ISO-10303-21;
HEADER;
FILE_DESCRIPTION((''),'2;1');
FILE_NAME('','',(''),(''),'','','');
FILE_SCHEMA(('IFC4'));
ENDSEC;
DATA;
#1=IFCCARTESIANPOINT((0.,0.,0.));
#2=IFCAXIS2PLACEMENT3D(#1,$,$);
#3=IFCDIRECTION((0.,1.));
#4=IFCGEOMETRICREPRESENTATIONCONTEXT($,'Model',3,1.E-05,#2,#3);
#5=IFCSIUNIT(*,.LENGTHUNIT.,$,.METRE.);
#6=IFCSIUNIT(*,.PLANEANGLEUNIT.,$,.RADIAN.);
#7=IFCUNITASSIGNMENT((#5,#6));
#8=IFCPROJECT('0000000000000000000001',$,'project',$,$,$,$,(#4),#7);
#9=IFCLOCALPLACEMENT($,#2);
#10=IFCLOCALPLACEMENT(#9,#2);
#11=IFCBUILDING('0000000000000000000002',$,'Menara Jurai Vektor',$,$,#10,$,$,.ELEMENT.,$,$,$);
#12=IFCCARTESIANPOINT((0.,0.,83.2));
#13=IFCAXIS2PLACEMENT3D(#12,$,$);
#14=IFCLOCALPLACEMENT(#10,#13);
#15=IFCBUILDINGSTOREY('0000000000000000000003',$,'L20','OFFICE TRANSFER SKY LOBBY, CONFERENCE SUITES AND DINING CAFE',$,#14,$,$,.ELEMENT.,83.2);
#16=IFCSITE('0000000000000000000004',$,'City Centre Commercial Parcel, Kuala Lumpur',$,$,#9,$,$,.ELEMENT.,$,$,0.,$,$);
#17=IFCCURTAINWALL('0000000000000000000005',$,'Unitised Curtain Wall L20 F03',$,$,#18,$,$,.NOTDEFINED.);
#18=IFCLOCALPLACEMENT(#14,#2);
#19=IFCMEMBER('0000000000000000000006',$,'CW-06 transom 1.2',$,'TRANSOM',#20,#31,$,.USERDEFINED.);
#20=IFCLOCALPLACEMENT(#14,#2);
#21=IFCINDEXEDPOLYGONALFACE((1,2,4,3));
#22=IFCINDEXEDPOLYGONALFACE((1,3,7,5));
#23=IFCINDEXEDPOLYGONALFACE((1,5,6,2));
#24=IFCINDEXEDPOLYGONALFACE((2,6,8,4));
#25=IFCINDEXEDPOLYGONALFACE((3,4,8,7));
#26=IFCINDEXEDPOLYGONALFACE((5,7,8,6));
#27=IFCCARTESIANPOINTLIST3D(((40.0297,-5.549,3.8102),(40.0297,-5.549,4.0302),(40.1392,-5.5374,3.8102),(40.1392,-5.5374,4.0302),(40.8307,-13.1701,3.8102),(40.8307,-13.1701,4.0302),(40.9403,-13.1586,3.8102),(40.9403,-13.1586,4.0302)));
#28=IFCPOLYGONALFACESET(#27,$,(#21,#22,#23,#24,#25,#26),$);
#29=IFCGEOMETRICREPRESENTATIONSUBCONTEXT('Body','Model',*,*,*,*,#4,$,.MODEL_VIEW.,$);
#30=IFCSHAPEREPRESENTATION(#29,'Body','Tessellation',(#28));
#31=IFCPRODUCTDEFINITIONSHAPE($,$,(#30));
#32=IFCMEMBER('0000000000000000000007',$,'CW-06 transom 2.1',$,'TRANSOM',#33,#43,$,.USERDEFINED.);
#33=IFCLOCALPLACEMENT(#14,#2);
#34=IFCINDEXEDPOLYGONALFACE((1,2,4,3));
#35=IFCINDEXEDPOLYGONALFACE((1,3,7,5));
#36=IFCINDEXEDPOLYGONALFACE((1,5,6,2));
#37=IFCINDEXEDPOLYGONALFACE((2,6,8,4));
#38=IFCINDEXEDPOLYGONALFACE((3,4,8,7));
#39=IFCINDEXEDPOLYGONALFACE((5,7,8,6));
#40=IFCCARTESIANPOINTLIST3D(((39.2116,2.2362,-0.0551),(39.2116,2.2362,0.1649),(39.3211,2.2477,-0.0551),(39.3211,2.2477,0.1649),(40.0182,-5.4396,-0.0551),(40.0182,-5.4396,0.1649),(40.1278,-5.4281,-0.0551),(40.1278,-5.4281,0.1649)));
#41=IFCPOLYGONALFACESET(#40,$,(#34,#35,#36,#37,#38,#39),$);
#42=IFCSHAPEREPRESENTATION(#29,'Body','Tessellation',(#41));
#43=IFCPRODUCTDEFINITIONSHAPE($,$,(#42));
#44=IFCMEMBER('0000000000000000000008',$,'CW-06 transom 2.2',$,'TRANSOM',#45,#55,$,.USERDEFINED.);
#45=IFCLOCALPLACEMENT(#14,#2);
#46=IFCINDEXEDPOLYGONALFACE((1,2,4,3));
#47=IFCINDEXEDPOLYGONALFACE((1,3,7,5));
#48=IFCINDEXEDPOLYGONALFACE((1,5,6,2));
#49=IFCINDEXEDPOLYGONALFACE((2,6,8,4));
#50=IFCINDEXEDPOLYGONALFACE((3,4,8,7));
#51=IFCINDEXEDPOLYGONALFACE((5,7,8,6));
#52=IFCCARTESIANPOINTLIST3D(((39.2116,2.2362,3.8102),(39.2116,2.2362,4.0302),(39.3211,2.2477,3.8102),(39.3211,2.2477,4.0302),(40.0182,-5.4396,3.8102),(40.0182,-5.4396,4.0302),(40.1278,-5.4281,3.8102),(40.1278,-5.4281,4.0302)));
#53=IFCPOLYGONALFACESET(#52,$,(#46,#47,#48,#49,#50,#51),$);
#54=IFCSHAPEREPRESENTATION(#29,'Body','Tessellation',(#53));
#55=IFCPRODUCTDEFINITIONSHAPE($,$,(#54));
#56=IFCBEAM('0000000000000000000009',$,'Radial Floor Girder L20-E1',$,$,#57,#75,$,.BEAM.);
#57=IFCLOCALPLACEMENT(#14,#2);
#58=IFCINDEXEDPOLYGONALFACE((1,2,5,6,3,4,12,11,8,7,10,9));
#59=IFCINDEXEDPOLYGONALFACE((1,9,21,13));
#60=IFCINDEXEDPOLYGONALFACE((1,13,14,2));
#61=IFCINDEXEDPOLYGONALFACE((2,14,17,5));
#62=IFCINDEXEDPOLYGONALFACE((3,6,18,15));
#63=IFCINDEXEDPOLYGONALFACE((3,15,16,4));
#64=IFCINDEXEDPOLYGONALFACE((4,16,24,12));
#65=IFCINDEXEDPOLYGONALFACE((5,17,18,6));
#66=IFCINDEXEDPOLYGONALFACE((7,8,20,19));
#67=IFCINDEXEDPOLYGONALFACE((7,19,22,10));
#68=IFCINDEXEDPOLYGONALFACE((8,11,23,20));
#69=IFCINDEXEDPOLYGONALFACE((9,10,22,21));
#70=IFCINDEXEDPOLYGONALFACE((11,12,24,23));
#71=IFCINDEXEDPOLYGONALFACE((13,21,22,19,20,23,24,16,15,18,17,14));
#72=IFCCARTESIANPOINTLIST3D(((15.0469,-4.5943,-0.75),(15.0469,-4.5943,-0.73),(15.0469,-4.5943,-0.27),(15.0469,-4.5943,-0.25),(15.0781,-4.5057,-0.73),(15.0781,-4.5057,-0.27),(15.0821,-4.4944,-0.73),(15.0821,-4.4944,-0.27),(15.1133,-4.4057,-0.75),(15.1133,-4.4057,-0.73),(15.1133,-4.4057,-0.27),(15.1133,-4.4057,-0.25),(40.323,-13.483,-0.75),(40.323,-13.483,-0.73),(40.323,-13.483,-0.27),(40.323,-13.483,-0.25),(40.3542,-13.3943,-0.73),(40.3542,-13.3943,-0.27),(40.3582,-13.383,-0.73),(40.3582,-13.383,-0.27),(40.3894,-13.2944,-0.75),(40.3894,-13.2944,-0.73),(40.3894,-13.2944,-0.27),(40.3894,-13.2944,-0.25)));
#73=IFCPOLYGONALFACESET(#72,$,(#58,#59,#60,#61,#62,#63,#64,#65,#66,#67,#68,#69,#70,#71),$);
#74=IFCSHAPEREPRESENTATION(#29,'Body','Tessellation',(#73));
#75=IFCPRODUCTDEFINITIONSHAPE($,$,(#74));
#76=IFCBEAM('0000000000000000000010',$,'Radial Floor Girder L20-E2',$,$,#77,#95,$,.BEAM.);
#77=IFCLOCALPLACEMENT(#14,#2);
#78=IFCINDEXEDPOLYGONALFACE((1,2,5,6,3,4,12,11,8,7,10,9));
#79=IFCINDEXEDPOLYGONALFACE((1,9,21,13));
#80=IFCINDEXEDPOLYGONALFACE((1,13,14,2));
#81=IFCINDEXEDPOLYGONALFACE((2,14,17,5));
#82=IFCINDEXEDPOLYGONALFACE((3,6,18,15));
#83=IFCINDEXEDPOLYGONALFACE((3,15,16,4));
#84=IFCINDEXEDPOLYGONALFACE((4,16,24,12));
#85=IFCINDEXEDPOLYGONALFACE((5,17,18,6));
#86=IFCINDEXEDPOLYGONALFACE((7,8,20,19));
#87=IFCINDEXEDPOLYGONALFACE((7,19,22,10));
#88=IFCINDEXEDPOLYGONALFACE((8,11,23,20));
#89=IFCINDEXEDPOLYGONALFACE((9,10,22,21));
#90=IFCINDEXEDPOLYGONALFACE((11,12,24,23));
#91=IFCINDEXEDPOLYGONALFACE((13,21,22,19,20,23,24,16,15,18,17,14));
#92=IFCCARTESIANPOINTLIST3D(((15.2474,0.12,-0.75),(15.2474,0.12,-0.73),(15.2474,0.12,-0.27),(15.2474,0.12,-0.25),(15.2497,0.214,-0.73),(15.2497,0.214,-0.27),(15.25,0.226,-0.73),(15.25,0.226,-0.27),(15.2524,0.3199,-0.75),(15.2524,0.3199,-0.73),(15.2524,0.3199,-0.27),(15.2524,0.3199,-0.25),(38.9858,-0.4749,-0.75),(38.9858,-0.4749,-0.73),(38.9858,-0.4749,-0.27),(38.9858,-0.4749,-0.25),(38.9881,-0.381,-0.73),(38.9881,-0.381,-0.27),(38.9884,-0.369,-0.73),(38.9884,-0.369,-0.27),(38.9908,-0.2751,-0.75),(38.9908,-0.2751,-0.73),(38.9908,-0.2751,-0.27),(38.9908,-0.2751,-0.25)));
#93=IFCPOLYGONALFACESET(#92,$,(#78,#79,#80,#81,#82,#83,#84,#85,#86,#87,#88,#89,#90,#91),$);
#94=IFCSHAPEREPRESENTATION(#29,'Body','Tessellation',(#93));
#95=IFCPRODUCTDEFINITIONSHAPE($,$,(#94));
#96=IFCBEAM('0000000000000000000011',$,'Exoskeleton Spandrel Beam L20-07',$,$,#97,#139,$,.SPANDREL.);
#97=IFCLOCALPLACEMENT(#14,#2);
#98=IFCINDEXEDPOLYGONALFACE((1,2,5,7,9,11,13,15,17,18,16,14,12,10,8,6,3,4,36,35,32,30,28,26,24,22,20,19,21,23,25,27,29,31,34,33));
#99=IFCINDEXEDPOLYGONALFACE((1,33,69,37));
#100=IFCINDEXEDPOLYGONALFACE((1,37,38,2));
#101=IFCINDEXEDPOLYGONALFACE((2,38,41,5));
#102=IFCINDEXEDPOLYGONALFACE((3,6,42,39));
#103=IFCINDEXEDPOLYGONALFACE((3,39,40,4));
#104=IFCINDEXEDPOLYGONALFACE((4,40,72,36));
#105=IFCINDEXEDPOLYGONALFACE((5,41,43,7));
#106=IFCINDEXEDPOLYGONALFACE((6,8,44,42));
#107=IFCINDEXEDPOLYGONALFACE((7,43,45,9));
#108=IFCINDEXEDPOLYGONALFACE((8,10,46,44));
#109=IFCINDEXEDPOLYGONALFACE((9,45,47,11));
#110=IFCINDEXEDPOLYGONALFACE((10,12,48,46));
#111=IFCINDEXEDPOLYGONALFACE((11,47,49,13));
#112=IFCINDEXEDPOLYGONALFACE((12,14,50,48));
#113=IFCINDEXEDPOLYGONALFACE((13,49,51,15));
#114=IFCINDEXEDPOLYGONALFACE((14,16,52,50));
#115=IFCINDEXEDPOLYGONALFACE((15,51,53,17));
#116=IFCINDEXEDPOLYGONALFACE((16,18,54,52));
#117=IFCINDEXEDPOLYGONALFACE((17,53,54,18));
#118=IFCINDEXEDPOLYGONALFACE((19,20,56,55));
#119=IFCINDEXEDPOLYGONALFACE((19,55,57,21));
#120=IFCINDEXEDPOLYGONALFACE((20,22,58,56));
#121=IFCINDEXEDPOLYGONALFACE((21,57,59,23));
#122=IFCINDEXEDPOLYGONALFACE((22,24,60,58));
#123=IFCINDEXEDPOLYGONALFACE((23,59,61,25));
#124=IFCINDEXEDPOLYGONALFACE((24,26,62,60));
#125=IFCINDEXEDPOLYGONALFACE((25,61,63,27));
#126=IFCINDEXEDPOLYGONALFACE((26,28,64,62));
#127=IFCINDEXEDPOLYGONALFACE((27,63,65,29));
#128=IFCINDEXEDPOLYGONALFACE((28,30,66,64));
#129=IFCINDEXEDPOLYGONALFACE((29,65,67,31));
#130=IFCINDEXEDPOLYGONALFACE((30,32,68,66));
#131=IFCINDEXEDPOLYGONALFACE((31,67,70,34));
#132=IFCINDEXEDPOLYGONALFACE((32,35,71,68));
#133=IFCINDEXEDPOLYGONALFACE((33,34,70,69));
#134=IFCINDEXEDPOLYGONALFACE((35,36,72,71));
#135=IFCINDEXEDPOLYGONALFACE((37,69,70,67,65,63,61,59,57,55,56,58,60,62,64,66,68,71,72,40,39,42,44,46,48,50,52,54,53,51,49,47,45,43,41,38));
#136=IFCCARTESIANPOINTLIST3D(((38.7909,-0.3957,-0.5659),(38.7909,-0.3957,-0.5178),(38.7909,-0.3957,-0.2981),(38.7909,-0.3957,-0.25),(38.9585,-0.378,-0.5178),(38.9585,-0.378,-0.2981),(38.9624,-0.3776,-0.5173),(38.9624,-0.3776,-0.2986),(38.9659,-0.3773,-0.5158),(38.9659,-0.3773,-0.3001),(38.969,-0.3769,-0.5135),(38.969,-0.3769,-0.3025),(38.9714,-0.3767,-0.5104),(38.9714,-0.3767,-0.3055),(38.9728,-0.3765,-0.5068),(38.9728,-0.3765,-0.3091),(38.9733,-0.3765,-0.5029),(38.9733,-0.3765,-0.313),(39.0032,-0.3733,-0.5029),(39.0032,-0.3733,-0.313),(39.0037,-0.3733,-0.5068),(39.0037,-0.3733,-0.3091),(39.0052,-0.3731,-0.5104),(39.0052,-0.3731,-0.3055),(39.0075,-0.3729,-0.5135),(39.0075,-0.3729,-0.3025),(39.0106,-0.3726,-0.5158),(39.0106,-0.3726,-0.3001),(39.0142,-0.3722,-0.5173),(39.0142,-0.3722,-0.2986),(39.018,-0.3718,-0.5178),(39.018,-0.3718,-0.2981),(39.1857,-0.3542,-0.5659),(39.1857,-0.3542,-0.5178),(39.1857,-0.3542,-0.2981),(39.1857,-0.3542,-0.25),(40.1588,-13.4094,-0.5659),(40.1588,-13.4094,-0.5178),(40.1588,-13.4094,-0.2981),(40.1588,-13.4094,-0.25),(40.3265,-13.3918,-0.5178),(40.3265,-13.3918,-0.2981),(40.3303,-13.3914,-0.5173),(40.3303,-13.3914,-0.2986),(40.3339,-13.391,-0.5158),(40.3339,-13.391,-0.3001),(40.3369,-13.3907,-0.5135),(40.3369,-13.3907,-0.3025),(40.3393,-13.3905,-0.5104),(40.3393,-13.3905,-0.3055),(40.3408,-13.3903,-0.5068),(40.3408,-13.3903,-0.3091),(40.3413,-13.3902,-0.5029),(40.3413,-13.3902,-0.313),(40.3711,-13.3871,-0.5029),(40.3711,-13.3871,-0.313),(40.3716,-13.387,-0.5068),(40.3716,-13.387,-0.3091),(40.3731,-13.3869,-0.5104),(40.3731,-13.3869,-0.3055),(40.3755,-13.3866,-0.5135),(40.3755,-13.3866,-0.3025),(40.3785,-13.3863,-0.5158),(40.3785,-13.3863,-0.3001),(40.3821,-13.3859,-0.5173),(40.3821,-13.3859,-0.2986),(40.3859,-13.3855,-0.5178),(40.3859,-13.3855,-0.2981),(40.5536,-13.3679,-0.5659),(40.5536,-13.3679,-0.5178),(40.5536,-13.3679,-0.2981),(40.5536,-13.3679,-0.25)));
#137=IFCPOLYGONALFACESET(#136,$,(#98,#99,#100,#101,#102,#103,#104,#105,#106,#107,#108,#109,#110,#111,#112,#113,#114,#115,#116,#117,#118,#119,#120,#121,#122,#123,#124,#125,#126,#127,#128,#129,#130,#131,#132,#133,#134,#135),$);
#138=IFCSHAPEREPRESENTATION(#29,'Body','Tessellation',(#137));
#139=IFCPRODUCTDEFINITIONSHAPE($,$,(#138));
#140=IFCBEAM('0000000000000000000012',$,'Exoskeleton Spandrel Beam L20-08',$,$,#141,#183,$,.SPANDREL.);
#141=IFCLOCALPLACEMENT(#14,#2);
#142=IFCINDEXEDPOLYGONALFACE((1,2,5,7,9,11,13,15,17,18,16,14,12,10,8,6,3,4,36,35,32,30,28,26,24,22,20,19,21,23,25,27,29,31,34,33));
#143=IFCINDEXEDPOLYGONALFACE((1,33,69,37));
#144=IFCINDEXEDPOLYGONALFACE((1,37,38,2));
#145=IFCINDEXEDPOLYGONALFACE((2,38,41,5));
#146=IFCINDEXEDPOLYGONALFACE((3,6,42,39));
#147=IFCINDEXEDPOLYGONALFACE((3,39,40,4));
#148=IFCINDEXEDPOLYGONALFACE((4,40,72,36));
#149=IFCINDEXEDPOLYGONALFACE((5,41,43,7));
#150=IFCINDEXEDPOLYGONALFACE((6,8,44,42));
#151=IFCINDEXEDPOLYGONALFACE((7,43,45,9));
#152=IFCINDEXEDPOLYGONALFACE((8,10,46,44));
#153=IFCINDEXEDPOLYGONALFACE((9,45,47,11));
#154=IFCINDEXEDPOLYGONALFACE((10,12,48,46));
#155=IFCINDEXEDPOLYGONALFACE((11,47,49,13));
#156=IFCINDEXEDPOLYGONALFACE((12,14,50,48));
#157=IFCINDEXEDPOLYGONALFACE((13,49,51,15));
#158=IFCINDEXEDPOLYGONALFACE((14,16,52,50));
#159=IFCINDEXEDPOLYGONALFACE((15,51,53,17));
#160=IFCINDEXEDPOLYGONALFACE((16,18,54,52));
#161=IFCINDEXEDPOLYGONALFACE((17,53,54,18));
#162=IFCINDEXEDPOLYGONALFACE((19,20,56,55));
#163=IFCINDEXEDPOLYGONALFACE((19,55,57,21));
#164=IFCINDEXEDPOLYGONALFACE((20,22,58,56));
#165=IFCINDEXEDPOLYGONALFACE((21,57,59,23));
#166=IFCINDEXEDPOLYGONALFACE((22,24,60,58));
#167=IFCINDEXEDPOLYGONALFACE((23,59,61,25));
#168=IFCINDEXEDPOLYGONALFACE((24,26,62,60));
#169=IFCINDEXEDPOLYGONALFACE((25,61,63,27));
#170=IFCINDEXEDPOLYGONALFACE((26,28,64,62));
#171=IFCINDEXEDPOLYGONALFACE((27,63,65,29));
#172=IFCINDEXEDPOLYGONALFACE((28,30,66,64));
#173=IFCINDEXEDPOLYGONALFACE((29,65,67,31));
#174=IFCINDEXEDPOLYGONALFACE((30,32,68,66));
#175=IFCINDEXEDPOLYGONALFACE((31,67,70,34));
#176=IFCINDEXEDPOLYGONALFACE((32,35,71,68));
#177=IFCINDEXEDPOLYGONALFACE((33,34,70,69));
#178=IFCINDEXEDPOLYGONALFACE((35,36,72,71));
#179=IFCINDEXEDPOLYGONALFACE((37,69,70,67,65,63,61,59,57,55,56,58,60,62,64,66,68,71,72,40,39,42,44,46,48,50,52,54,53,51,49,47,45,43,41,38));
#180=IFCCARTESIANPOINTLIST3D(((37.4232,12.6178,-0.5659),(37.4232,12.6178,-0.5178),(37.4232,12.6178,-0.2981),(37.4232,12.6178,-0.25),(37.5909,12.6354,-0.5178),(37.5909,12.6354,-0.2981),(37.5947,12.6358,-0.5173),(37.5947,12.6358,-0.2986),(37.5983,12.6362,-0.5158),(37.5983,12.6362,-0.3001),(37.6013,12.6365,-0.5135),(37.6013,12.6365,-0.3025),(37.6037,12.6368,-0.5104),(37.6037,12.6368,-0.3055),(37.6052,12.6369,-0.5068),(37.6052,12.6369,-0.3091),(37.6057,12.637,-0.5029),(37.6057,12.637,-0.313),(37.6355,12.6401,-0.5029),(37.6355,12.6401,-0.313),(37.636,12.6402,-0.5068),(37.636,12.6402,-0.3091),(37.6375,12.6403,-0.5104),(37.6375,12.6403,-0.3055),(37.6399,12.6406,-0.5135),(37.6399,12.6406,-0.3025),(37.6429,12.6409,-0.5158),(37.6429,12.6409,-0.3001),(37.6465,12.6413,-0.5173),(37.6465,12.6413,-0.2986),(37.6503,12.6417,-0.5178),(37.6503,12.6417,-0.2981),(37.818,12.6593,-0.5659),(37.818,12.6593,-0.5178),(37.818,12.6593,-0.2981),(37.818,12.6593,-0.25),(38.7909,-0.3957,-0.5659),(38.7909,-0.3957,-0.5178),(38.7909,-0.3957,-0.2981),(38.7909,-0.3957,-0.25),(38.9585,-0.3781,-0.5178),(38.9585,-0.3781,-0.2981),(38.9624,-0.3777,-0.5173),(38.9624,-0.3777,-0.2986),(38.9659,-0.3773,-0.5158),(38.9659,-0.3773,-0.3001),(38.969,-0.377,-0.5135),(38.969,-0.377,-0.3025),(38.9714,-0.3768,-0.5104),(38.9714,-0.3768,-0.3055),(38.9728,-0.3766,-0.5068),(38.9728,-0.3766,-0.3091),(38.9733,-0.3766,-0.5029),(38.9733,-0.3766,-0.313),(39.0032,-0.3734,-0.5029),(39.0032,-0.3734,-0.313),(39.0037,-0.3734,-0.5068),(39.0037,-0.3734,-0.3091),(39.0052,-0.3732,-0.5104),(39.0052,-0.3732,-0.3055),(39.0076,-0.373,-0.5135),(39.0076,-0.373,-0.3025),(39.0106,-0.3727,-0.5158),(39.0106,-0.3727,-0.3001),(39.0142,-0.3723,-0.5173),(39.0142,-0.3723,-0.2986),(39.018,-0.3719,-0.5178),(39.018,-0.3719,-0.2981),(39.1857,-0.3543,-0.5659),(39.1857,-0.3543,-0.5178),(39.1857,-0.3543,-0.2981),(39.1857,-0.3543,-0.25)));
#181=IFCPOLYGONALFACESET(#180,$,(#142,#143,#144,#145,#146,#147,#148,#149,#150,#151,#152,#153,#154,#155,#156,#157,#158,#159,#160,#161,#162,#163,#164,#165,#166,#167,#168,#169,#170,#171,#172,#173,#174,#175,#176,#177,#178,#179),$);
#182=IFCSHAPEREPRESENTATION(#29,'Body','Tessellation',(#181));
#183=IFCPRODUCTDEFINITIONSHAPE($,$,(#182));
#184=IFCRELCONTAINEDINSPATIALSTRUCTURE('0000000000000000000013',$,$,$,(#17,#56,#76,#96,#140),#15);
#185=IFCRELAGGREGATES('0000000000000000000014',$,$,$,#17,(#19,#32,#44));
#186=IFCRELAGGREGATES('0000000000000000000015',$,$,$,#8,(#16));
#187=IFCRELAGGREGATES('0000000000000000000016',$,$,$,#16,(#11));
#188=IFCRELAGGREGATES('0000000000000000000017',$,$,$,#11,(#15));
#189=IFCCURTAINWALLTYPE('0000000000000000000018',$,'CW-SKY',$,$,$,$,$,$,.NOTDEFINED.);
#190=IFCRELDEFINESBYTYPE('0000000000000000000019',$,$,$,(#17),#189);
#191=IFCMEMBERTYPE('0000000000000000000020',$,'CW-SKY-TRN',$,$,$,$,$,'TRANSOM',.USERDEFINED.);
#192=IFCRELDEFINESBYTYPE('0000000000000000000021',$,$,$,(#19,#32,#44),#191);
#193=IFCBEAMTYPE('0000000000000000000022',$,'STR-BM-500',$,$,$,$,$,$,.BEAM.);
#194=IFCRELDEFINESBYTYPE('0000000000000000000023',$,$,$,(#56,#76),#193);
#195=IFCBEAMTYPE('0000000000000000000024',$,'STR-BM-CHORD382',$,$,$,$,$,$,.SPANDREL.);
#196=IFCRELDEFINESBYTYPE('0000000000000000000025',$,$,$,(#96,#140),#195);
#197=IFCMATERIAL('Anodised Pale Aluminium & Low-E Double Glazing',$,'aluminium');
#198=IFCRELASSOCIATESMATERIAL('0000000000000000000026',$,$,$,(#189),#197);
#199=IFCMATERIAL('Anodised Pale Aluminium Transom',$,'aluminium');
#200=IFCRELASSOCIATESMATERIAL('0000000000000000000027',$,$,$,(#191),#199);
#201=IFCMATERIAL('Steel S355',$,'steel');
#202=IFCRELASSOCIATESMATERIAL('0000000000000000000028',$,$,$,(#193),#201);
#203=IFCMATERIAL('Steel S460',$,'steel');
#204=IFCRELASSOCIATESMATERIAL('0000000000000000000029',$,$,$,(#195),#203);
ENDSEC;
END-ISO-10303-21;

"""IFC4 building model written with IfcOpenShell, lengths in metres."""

from ifc_helpers import new_model, si_unit, direction, frame, origin, origin_2d, place, context, subcontext, project, spatial, rectangle, i_section, extrude, material, material_profile, profile_set, type_object, element, aggregate, save


model = new_model("IFC4")

# Units and contexts
model_context = context("Model", 3, precision=1e-05, world=origin(), true_north=direction((0.0, 1.0)))
body_context = subcontext(model_context, "Body", "Model", "MODEL_VIEW")
ifc_project = project(units=[si_unit("LENGTHUNIT", "METRE"), si_unit("PLANEANGLEUNIT", "RADIAN")], contexts=[model_context])

# Site, building, storey
site_placement = place(None, origin())
site = spatial("IfcSite", under=ifc_project, at=site_placement, Name="City Centre Commercial Parcel, Kuala Lumpur", CompositionType="ELEMENT", RefElevation=0.0)
building_placement = place(site_placement, origin())
building = spatial("IfcBuilding", under=site, at=building_placement, Name="Menara Jurai Vektor", CompositionType="ELEMENT")
storey_placement = place(building_placement, frame((0.0, 0.0, 83.2)))
storey = spatial("IfcBuildingStorey", under=building, at=storey_placement, Name="L20", Description="OFFICE TRANSFER SKY LOBBY, CONFERENCE SUITES AND DINING CAFE", CompositionType="ELEMENT", Elevation=83.2)

# Shared definitions
ifc_material_1 = material(Name="Steel S460", Category="steel")

# Curtain wall
ifc_material_2 = material(Name="Anodised Pale Aluminium & Low-E Double Glazing", Category="aluminium")
curtain_wall_type = type_object("IfcCurtainWallType", Name="CW-SKY", PredefinedType="NOTDEFINED", material=ifc_material_2)
curtain_wall_1_placement = place(storey_placement, origin())
curtain_wall_1 = element("IfcCurtainWall", 1, at=curtain_wall_1_placement, inside=storey, type_object=curtain_wall_type, Name="Unitised Curtain Wall L20 F03", PredefinedType="NOTDEFINED")

# Members
ifc_material_3 = material(Name="Anodised Pale Aluminium Transom", Category="aluminium")
ifc_material_profile_1 = material_profile(ifc_material_3, rectangle(XDim=0.1101, YDim=0.22, at=origin_2d()), Name="ALU TRN 110x220")
ifc_profile_set_1 = profile_set([ifc_material_profile_1], Name="Anodised Pale Aluminium Transom")
member_type_1 = type_object("IfcMemberType", Name="CW-SKY-TRN", ElementType="TRANSOM", PredefinedType="USERDEFINED", material=ifc_profile_set_1)
member_1_placement = place(storey_placement, frame((40.8855, -13.1643, 3.9202), z_axis=(-0.104531, 0.994522, 0.0), x_axis=(-0.994522, -0.104531, 0.0)))
member_1 = element("IfcMember", 2, at=member_1_placement, type_object=member_type_1, Name="CW-06 transom 1.2", ObjectType="TRANSOM", PredefinedType="USERDEFINED", context=body_context, shape_type="SweptSolid", body=[
    extrude(rectangle(XDim=0.1101, YDim=0.22, at=origin_2d()), origin(), (0.0, 0.0, 1.0), 7.6631),
])
member_2_placement = place(storey_placement, frame((40.073, -5.4338, 0.0549), z_axis=(-0.104514, 0.994523, 0.0), x_axis=(-0.994523, -0.104514, 0.0)))
member_2 = element("IfcMember", 3, at=member_2_placement, type_object=member_type_1, Name="CW-06 transom 2.1", ObjectType="TRANSOM", PredefinedType="USERDEFINED", context=body_context, shape_type="SweptSolid", body=[
    extrude(rectangle(XDim=0.1101, YDim=0.22, at=origin_2d()), origin(), (0.0, 0.0, 1.0), 7.718),
])
member_3_placement = place(storey_placement, frame((40.073, -5.4338, 3.9202), z_axis=(-0.104514, 0.994523, 0.0), x_axis=(-0.994523, -0.104514, 0.0)))
member_3 = element("IfcMember", 4, at=member_3_placement, type_object=member_type_1, Name="CW-06 transom 2.2", ObjectType="TRANSOM", PredefinedType="USERDEFINED", context=body_context, shape_type="SweptSolid", body=[
    extrude(rectangle(XDim=0.1101, YDim=0.22, at=origin_2d()), origin(), (0.0, 0.0, 1.0), 7.718),
])

# Beams
ifc_material_4 = material(Name="Steel S355", Category="steel")
ifc_material_profile_2 = material_profile(ifc_material_4, i_section(OverallWidth=0.2, OverallDepth=0.5, WebThickness=0.012, FlangeThickness=0.02, at=origin_2d()), Name="PG 500x200x96")
ifc_profile_set_2 = profile_set([ifc_material_profile_2], Name="Steel S355")
beam_type_1 = type_object("IfcBeamType", Name="STR-BM-500", PredefinedType="BEAM", material=ifc_profile_set_2)
beam_1_placement = place(storey_placement, frame((40.3562, -13.3887, -0.5), z_axis=(-0.943368, 0.331747, 0.0), x_axis=(-0.331747, -0.943368, 0.0)))
element("IfcBeam", 5, at=beam_1_placement, inside=storey, type_object=beam_type_1, Name="Radial Floor Girder L20-E1", PredefinedType="BEAM", context=body_context, shape_type="SweptSolid", body=[
    extrude(i_section(OverallWidth=0.2, OverallDepth=0.5, WebThickness=0.012, FlangeThickness=0.02, at=origin_2d()), origin(), (0.0, 0.0, 1.0), 26.7935),
])
beam_2_placement = place(storey_placement, frame((38.9883, -0.375, -0.5), z_axis=(-0.999686, 0.025056, 0.0), x_axis=(-0.025056, -0.999686, 0.0)))
element("IfcBeam", 6, at=beam_2_placement, inside=storey, type_object=beam_type_1, Name="Radial Floor Girder L20-E2", PredefinedType="BEAM", context=body_context, shape_type="SweptSolid", body=[
    extrude(i_section(OverallWidth=0.2, OverallDepth=0.5, WebThickness=0.012, FlangeThickness=0.02, at=origin_2d()), origin(), (0.0, 0.0, 1.0), 23.7458),
])
ifc_material_profile_3 = material_profile(ifc_material_1, i_section(OverallWidth=0.397, OverallDepth=0.3159, WebThickness=0.03, FlangeThickness=0.0481, FilletRadius=0.0149, at=origin_2d()), Name="HD 400x382")
ifc_profile_set_3 = profile_set([ifc_material_profile_3], Name="Steel S460")
beam_type_2 = type_object("IfcBeamType", Name="STR-BM-CHORD382", PredefinedType="SPANDREL", material=ifc_profile_set_3)
beam_3_placement = place(storey_placement, frame((40.3562, -13.3887, -0.408), z_axis=(-0.104538, 0.994521, 0.0), x_axis=(-0.994521, -0.104538, 0.0)))
element("IfcBeam", 7, at=beam_3_placement, inside=storey, type_object=beam_type_2, Name="Exoskeleton Spandrel Beam L20-07", PredefinedType="SPANDREL", context=body_context, shape_type="SweptSolid", body=[
    extrude(i_section(OverallWidth=0.397, OverallDepth=0.3159, WebThickness=0.03, FlangeThickness=0.0481, FilletRadius=0.0149, at=origin_2d()), origin(), (0.0, 0.0, 1.0), 13.0854),
])
beam_4_placement = place(storey_placement, frame((38.9883, -0.375, -0.408), z_axis=(-0.104522, 0.994523, 0.0), x_axis=(-0.994523, -0.104522, 0.0)))
element("IfcBeam", 8, at=beam_4_placement, inside=storey, type_object=beam_type_2, Name="Exoskeleton Spandrel Beam L20-08", PredefinedType="SPANDREL", context=body_context, shape_type="SweptSolid", body=[
    extrude(i_section(OverallWidth=0.397, OverallDepth=0.3159, WebThickness=0.03, FlangeThickness=0.0481, FilletRadius=0.0149, at=origin_2d()), origin(), (0.0, 0.0, 1.0), 13.0852),
])

aggregate(curtain_wall_1, [member_1, member_2, member_3])

save(model, "model.ifc")
